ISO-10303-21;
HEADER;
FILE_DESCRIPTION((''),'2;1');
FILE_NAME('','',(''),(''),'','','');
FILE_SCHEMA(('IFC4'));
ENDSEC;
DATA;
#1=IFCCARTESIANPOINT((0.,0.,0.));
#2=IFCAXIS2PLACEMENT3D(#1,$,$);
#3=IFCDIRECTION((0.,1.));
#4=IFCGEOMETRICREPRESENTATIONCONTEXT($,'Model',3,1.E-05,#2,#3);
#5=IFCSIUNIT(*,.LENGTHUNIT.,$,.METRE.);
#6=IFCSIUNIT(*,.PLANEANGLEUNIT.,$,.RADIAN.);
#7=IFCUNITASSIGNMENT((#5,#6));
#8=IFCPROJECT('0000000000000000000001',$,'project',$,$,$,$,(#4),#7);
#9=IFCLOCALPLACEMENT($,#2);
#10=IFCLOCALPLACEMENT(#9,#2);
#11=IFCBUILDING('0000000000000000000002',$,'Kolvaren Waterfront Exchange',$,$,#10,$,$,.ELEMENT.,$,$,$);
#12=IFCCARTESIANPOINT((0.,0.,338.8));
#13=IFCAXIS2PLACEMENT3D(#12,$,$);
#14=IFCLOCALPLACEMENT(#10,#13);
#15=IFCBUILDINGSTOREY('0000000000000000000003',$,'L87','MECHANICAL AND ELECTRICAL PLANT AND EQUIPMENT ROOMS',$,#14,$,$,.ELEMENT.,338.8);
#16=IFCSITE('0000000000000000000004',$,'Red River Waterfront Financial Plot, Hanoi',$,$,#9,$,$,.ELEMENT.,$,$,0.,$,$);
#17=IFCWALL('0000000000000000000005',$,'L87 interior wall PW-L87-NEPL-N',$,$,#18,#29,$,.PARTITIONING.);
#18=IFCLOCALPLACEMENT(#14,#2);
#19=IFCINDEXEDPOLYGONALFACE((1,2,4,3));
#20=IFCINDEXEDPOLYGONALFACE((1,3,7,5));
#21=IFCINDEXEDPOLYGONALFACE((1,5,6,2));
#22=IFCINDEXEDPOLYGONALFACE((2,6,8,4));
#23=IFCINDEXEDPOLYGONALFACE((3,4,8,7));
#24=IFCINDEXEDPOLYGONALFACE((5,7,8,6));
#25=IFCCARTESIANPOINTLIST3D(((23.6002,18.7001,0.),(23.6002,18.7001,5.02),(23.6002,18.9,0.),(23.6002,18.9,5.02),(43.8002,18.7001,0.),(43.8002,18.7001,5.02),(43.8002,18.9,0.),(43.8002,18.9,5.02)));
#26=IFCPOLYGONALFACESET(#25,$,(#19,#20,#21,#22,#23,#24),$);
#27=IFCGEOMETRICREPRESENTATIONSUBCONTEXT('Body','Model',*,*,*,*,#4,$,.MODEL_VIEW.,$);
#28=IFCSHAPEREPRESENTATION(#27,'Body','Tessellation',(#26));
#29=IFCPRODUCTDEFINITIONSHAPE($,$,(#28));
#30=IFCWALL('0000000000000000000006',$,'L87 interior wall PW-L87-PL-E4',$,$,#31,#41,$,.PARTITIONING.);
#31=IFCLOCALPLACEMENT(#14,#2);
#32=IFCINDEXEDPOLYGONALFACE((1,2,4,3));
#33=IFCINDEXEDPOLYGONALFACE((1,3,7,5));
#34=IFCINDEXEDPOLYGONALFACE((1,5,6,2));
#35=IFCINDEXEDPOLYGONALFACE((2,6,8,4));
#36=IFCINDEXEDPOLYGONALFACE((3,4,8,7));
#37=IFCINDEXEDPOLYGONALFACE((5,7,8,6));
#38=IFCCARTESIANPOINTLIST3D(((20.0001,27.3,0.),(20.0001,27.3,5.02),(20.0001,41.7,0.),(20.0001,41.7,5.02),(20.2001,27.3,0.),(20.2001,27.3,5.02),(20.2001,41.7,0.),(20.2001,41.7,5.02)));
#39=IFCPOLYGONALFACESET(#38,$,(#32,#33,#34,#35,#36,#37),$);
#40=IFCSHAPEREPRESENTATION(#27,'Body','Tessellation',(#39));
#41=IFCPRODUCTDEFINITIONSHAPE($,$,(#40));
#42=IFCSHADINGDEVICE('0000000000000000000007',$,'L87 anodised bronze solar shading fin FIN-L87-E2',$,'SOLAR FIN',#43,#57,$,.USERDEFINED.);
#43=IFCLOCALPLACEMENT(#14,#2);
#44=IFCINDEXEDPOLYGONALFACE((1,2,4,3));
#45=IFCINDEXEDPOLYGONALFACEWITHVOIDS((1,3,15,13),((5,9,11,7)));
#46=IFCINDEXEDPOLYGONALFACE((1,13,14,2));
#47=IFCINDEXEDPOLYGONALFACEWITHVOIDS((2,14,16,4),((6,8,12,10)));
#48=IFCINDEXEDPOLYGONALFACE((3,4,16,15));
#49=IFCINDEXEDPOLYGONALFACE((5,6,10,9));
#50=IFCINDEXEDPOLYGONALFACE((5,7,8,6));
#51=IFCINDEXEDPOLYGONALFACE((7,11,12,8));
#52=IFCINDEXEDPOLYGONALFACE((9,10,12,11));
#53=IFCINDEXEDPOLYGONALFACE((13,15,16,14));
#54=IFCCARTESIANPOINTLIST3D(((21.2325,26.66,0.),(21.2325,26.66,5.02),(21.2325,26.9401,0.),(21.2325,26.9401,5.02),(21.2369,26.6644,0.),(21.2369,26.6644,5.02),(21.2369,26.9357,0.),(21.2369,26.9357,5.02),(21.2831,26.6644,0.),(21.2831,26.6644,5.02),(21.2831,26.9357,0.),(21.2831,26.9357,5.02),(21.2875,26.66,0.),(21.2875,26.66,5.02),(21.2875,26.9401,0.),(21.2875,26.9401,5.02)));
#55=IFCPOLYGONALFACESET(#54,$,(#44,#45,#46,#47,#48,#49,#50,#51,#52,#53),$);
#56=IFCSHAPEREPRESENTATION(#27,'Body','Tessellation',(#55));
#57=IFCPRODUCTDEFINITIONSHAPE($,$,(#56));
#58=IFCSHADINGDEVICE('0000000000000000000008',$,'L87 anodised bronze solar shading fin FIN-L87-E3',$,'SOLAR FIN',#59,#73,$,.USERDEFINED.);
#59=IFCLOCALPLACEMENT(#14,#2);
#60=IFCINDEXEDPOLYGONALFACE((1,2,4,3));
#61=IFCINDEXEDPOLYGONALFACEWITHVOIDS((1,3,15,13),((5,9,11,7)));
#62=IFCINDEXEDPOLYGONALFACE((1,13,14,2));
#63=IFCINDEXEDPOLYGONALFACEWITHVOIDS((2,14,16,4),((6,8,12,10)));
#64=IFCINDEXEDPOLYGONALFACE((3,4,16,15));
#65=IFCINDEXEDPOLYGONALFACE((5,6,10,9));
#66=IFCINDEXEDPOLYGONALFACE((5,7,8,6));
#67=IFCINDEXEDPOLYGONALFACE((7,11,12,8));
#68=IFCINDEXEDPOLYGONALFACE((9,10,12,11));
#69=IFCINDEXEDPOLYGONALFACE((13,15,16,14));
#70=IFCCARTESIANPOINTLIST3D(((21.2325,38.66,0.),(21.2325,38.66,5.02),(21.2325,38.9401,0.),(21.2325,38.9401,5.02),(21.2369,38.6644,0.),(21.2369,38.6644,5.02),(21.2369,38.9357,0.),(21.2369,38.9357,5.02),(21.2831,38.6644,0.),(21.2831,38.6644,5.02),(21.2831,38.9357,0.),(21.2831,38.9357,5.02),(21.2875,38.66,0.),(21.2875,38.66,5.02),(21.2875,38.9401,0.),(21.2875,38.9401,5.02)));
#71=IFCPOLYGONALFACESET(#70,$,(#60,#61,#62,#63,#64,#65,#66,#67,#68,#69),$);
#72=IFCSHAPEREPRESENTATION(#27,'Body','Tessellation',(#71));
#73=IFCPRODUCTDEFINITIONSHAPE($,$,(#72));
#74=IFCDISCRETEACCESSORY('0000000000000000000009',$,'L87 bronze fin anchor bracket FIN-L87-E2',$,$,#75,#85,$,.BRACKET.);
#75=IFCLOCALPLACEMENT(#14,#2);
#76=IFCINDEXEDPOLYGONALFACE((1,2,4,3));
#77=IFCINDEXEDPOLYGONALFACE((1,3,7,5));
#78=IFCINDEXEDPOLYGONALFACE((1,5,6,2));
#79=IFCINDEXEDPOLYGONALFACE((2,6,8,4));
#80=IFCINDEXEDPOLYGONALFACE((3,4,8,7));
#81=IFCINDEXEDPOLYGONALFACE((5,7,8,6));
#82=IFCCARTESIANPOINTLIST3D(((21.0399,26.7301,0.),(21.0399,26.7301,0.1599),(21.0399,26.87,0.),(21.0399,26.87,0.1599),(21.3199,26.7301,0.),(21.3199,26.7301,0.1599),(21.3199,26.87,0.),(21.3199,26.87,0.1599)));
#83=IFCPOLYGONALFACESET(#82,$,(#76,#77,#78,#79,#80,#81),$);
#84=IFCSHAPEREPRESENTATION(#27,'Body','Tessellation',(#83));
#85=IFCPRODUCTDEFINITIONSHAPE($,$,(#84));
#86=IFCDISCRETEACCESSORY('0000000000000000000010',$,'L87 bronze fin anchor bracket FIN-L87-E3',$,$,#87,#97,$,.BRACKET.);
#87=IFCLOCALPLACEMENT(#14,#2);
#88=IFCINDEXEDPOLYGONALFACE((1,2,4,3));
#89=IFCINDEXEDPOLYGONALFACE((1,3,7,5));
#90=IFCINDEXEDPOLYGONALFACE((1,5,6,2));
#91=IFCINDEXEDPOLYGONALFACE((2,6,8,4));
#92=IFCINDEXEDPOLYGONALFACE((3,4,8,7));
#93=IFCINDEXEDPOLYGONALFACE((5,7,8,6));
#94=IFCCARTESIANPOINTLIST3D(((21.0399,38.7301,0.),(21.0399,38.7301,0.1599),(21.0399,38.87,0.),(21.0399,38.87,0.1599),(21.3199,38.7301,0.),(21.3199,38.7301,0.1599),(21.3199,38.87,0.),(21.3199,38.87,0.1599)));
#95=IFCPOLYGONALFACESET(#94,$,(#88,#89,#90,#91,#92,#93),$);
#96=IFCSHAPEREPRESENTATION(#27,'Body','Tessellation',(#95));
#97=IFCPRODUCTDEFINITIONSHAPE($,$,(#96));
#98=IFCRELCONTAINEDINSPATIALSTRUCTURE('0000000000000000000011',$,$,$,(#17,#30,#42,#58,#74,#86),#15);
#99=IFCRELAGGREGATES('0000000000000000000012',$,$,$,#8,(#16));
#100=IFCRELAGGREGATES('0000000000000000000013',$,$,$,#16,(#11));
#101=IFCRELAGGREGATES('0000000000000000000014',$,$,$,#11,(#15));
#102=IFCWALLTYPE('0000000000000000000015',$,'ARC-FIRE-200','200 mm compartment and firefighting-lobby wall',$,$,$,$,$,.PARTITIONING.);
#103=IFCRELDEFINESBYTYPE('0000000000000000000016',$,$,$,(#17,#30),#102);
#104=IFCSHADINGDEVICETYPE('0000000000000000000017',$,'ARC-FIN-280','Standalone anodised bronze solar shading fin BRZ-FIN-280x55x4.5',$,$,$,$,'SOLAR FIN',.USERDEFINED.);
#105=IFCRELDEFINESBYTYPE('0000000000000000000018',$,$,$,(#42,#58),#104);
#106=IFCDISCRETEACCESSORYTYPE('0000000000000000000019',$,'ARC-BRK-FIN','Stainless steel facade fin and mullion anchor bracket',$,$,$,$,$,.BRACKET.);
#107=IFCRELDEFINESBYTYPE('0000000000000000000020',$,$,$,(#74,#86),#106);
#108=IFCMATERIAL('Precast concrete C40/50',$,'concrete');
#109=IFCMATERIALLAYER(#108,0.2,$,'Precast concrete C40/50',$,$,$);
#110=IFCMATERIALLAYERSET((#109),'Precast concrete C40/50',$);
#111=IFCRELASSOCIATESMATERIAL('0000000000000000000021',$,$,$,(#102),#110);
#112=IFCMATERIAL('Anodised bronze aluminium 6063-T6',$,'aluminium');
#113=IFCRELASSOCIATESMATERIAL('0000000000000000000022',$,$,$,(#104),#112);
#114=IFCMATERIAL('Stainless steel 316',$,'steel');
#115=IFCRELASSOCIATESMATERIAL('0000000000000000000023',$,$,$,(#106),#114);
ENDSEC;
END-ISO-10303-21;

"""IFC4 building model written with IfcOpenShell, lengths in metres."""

from ifc_helpers import new_model, si_unit, direction, frame, frame_2d, origin, origin_with_axes, origin_2d, place, context, subcontext, project, spatial, rectangle, hollow_rectangle, extrude, source, transform, mapped, material, layer, layer_set, material_profile, profile_set, type_object, element, save


model = new_model("IFC4")

# Units and contexts
model_context = context("Model", 3, precision=1e-05, world=origin(), true_north=direction((0.0, 1.0)))
body_context = subcontext(model_context, "Body", "Model", "MODEL_VIEW")
ifc_project = project(units=[si_unit("LENGTHUNIT", "METRE"), si_unit("PLANEANGLEUNIT", "RADIAN")], contexts=[model_context])

# Site, building, storey
site_placement = place(None, origin())
site = spatial("IfcSite", under=ifc_project, at=site_placement, Name="Red River Waterfront Financial Plot, Hanoi", CompositionType="ELEMENT", RefElevation=0.0)
building_placement = place(site_placement, origin())
building = spatial("IfcBuilding", under=site, at=building_placement, Name="Kolvaren Waterfront Exchange", CompositionType="ELEMENT")
storey_placement = place(building_placement, frame((0.0, 0.0, 338.8)))
storey = spatial("IfcBuildingStorey", under=building, at=storey_placement, Name="L87", Description="MECHANICAL AND ELECTRICAL PLANT AND EQUIPMENT ROOMS", CompositionType="ELEMENT", Elevation=338.8)

# Shared definitions
ifc_material_1 = material(Name="Anodised bronze aluminium 6063-T6", Category="aluminium")

# Walls
ifc_material_2 = material(Name="Precast concrete C40/50", Category="concrete")
ifc_layer_1 = layer(ifc_material_2, 0.2, Name="Precast concrete C40/50")
ifc_layer_set_1 = layer_set([ifc_layer_1], Name="Precast concrete C40/50")
wall_type_1 = type_object("IfcWallType", Name="ARC-FIRE-200", Description="200 mm compartment and firefighting-lobby wall", PredefinedType="PARTITIONING", material=ifc_layer_set_1)
wall_1_placement = place(storey_placement, frame((23.6001, 18.8, 0.0), z_axis=(0.0, 0.0, 1.0), x_axis=(1.0, 0.0, 0.0)))
element("IfcWall", 1, at=wall_1_placement, inside=storey, type_object=wall_type_1, Name="L87 interior wall PW-L87-NEPL-N", PredefinedType="PARTITIONING", context=body_context, shape_type="SweptSolid", body=[
    extrude(rectangle(XDim=20.2, YDim=0.2, at=frame_2d((10.1001, 0.0))), origin(), (0.0, 0.0, 1.0), 5.02),
])
wall_2_placement = place(storey_placement, frame((20.1001, 27.3, 0.0), z_axis=(0.0, 0.0, 1.0), x_axis=(0.0, 1.0, 0.0)))
element("IfcWall", 2, at=wall_2_placement, inside=storey, type_object=wall_type_1, Name="L87 interior wall PW-L87-PL-E4", PredefinedType="PARTITIONING", context=body_context, shape_type="SweptSolid", body=[
    extrude(rectangle(XDim=14.3999, YDim=0.2, at=frame_2d((7.2, 0.0))), origin(), (0.0, 0.0, 1.0), 5.02),
])

# Shading devices
ifc_material_profile_1 = material_profile(ifc_material_1, hollow_rectangle(XDim=0.0549, YDim=0.28, WallThickness=0.0044, at=origin_2d()), Name="BRZ-FIN-280x55x4.5")
ifc_profile_set_1 = profile_set([ifc_material_profile_1], Name="Anodised bronze aluminium 6063-T6")
shading_device_type = type_object("IfcShadingDeviceType", Name="ARC-FIN-280", Description="Standalone anodised bronze solar shading fin BRZ-FIN-280x55x4.5", ElementType="SOLAR FIN", PredefinedType="USERDEFINED", material=ifc_profile_set_1)
for number, where, z_axis, x_axis, name in (
    (3, (21.26, 26.8, 0.0), (0.0, 0.0, 1.0), (1.0, 0.0, 0.0), "L87 anodised bronze solar shading fin FIN-L87-E2"),
    (4, (21.26, 38.8, 0.0), (0.0, 0.0, 1.0), (1.0, 0.0, 0.0), "L87 anodised bronze solar shading fin FIN-L87-E3"),
):
    element("IfcShadingDevice", number, at=place(storey_placement, frame(where, z_axis=z_axis, x_axis=x_axis)), inside=storey, type_object=shading_device_type, Name=name, ObjectType="SOLAR FIN", PredefinedType="USERDEFINED", context=body_context, shape_type="SweptSolid", body=[
        extrude(hollow_rectangle(XDim=0.0549, YDim=0.28, WallThickness=0.0044, at=origin_2d()), origin(), (0.0, 0.0, 1.0), 5.02),
    ])

# Discrete accessories
ifc_material_3 = material(Name="Stainless steel 316", Category="steel")
discrete_accessory_type = type_object("IfcDiscreteAccessoryType", Name="ARC-BRK-FIN", Description="Stainless steel facade fin and mullion anchor bracket", PredefinedType="BRACKET", material=ifc_material_3)
shared_shape_1 = source(origin_with_axes(), body_context, "Body", "SweptSolid", [
    extrude(rectangle(XDim=0.28, YDim=0.1399, at=origin_2d()), origin(), (0.0, 0.0, 1.0), 0.1599),
])
for number, where, z_axis, x_axis, name in (
    (5, (21.1799, 26.8, 0.0), (0.0, 0.0, 1.0), (1.0, 0.0, 0.0), "L87 bronze fin anchor bracket FIN-L87-E2"),
    (6, (21.1799, 38.8, 0.0), (0.0, 0.0, 1.0), (1.0, 0.0, 0.0), "L87 bronze fin anchor bracket FIN-L87-E3"),
):
    element("IfcDiscreteAccessory", number, at=place(storey_placement, frame(where, z_axis=z_axis, x_axis=x_axis)), inside=storey, type_object=discrete_accessory_type, Name=name, PredefinedType="BRACKET", context=body_context, shape_type="MappedRepresentation", body=[
        mapped(shared_shape_1, transform((0.0, 0.0, 0.0), x_axis=(1.0, 0.0, 0.0), y_axis=(0.0, 1.0, 0.0), z_axis=(0.0, 0.0, 1.0), scale=1.0)),
    ])

save(model, "model.ifc")
